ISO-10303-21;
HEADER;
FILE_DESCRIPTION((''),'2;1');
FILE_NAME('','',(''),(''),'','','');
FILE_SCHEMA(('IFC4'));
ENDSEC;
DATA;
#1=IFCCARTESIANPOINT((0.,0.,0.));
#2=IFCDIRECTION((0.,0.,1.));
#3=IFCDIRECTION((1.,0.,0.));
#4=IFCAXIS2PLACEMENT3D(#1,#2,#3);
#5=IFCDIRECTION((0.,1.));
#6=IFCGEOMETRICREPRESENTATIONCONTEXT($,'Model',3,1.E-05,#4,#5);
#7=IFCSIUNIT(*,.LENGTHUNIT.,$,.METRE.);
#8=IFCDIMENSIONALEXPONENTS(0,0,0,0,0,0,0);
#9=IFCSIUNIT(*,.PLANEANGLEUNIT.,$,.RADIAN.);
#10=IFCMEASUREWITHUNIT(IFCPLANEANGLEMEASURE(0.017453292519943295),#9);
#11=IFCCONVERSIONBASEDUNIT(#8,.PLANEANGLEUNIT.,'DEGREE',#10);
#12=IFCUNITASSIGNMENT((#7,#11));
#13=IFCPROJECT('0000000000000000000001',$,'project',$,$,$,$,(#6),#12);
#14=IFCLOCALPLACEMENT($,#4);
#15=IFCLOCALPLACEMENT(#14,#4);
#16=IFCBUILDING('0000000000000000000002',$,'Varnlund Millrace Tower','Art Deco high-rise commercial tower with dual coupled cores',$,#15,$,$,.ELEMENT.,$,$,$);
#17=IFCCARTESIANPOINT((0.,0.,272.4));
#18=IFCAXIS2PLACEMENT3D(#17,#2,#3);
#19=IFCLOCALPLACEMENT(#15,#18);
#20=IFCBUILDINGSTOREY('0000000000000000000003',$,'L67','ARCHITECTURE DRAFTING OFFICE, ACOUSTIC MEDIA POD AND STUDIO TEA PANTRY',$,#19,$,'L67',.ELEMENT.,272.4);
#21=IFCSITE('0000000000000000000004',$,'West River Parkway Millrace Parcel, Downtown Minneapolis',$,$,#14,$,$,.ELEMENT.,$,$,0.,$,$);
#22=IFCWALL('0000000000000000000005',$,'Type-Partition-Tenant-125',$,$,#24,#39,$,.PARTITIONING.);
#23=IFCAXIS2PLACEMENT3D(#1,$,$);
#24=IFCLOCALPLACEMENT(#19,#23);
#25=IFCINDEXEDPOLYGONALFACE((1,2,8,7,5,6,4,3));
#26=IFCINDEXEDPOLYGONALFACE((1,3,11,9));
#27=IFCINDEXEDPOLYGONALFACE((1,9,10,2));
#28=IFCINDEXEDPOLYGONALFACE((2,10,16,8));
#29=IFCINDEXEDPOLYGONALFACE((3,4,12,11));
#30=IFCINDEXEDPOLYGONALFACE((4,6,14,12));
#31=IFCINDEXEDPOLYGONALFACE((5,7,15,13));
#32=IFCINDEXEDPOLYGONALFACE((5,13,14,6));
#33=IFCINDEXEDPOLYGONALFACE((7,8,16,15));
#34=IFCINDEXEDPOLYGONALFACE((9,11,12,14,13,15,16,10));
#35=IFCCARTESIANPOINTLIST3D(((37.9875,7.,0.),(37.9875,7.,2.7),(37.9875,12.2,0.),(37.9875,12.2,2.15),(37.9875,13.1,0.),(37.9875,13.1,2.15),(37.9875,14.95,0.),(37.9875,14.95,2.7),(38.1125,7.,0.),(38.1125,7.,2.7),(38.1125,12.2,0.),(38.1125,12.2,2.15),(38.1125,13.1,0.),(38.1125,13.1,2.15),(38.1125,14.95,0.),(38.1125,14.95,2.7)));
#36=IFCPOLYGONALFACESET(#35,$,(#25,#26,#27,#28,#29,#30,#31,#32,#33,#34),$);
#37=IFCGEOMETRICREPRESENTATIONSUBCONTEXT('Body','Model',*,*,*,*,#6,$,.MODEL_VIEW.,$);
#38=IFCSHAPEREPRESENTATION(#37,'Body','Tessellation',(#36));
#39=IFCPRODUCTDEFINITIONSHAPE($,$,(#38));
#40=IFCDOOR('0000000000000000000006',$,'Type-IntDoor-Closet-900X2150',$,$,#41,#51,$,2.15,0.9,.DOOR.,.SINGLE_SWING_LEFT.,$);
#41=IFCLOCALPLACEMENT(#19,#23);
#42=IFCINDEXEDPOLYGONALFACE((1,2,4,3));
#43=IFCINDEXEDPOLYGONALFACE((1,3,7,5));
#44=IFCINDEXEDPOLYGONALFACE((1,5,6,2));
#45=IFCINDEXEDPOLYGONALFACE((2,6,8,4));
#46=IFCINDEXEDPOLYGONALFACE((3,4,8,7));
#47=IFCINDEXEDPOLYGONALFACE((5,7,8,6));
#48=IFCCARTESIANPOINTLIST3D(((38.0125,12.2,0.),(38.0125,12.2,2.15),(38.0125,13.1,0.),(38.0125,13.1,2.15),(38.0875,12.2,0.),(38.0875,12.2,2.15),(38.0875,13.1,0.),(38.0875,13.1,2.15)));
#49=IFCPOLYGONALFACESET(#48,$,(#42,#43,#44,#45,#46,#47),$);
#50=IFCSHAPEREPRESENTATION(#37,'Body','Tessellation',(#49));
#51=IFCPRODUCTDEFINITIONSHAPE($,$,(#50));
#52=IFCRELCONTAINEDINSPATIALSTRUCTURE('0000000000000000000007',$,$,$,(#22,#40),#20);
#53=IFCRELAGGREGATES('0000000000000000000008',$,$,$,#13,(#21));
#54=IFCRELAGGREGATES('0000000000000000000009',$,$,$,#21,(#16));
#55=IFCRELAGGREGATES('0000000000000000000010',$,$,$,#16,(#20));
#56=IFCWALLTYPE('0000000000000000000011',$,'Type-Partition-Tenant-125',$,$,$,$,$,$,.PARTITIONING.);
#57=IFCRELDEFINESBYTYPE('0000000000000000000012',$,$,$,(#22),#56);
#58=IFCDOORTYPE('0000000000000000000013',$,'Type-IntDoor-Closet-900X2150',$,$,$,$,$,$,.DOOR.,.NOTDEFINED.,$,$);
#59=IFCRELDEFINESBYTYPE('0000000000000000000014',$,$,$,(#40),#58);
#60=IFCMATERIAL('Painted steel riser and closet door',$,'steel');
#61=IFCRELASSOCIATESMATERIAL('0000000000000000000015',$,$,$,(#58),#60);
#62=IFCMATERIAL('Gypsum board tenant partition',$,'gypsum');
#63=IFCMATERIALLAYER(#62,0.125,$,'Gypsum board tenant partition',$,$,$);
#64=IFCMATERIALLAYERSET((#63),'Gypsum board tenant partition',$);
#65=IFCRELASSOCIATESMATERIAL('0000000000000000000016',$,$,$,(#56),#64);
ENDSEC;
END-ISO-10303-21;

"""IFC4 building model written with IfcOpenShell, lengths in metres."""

from ifc_helpers import new_model, entity, si_unit, converted_unit, direction, frame, origin_with_axes, origin_2d_with_axis, place, context, subcontext, project, spatial, polyline, rectangle, outline, extrude, material, layer, layer_set, type_object, element, fill, save


model = new_model("IFC4")

# Units and contexts
model_context = context("Model", 3, precision=1e-05, world=origin_with_axes(), true_north=direction((0.0, 1.0)))
body_context = subcontext(model_context, "Body", "Model", "MODEL_VIEW")
ifc_project = project(units=[si_unit("LENGTHUNIT", "METRE"), converted_unit("PLANEANGLEUNIT", "DEGREE", entity("IfcPlaneAngleMeasure", 0.017453292519943295), si_unit("PLANEANGLEUNIT", "RADIAN"), dimensions=[0, 0, 0, 0, 0, 0, 0])], contexts=[model_context])

# Site, building, storey
site_placement = place(None, origin_with_axes())
site = spatial("IfcSite", under=ifc_project, at=site_placement, Name="West River Parkway Millrace Parcel, Downtown Minneapolis", CompositionType="ELEMENT", RefElevation=0.0)
building_placement = place(site_placement, origin_with_axes())
building = spatial("IfcBuilding", under=site, at=building_placement, Name="Varnlund Millrace Tower", Description="Art Deco high-rise commercial tower with dual coupled cores", CompositionType="ELEMENT")
storey_placement = place(building_placement, frame((0.0, 0.0, 272.4), z_axis=(0.0, 0.0, 1.0), x_axis=(1.0, 0.0, 0.0)))
storey = spatial("IfcBuildingStorey", under=building, at=storey_placement, Name="L67", Description="ARCHITECTURE DRAFTING OFFICE, ACOUSTIC MEDIA POD AND STUDIO TEA PANTRY", LongName="L67", CompositionType="ELEMENT", Elevation=272.4)

# Shared definitions
ifc_material_1 = material(Name="Painted steel riser and closet door", Category="steel")
door_type = type_object("IfcDoorType", Name="Type-IntDoor-Closet-900X2150", OperationType="NOTDEFINED", PredefinedType="DOOR", material=ifc_material_1)

# Shared definitions
ifc_material_2 = material(Name="Gypsum board tenant partition", Category="gypsum")
ifc_layer_1 = layer(ifc_material_2, 0.125, Name="Gypsum board tenant partition")
ifc_layer_set_1 = layer_set([ifc_layer_1], Name="Gypsum board tenant partition")
wall_type_1 = type_object("IfcWallType", Name="Type-Partition-Tenant-125", PredefinedType="PARTITIONING", material=ifc_layer_set_1)

# Wall, opening, door
wall_1_placement = place(storey_placement, frame((38.05, 7.0, 0.0), z_axis=(0.0, 0.0, 1.0), x_axis=(0.0, 1.0, 0.0)))
wall_1 = element("IfcWall", 1, at=wall_1_placement, inside=storey, type_object=wall_type_1, Name="Type-Partition-Tenant-125", PredefinedType="PARTITIONING", context=body_context, shape_type="SweptSolid", body=[
    extrude(outline(polyline([(0.0, -0.0625), (7.95, -0.0625), (7.95, 0.0625), (0.0, 0.0625), (0.0, -0.0625)])), origin_with_axes(), (0.0, 0.0, 1.0), 2.7),
])
opening_1_placement = place(wall_1_placement, frame((5.65, 0.0, 0.0), z_axis=(0.0, 0.0, 1.0), x_axis=(1.0, 0.0, 0.0)))
opening_1 = element("IfcOpeningElement", 2, at=opening_1_placement, cuts=wall_1, PredefinedType="OPENING", context=body_context, shape_type="SweptSolid", body=[
    extrude(rectangle(XDim=0.9, YDim=0.145, at=origin_2d_with_axis()), origin_with_axes(), (0.0, 0.0, 1.0), 2.15),
])
door_1_placement = place(wall_1_placement, frame((5.65, 0.0, 0.0), z_axis=(0.0, 0.0, 1.0), x_axis=(1.0, 0.0, 0.0)))
door_1 = element("IfcDoor", 3, at=door_1_placement, inside=storey, type_object=door_type, Name="Type-IntDoor-Closet-900X2150", OperationType="SINGLE_SWING_LEFT", OverallHeight=2.15, OverallWidth=0.9, PredefinedType="DOOR", context=body_context, shape_type="SweptSolid", body=[
    extrude(rectangle(XDim=0.9, YDim=0.075, at=origin_2d_with_axis()), origin_with_axes(), (0.0, 0.0, 1.0), 2.15),
])
fill(opening_1, door_1)

save(model, "model.ifc")
